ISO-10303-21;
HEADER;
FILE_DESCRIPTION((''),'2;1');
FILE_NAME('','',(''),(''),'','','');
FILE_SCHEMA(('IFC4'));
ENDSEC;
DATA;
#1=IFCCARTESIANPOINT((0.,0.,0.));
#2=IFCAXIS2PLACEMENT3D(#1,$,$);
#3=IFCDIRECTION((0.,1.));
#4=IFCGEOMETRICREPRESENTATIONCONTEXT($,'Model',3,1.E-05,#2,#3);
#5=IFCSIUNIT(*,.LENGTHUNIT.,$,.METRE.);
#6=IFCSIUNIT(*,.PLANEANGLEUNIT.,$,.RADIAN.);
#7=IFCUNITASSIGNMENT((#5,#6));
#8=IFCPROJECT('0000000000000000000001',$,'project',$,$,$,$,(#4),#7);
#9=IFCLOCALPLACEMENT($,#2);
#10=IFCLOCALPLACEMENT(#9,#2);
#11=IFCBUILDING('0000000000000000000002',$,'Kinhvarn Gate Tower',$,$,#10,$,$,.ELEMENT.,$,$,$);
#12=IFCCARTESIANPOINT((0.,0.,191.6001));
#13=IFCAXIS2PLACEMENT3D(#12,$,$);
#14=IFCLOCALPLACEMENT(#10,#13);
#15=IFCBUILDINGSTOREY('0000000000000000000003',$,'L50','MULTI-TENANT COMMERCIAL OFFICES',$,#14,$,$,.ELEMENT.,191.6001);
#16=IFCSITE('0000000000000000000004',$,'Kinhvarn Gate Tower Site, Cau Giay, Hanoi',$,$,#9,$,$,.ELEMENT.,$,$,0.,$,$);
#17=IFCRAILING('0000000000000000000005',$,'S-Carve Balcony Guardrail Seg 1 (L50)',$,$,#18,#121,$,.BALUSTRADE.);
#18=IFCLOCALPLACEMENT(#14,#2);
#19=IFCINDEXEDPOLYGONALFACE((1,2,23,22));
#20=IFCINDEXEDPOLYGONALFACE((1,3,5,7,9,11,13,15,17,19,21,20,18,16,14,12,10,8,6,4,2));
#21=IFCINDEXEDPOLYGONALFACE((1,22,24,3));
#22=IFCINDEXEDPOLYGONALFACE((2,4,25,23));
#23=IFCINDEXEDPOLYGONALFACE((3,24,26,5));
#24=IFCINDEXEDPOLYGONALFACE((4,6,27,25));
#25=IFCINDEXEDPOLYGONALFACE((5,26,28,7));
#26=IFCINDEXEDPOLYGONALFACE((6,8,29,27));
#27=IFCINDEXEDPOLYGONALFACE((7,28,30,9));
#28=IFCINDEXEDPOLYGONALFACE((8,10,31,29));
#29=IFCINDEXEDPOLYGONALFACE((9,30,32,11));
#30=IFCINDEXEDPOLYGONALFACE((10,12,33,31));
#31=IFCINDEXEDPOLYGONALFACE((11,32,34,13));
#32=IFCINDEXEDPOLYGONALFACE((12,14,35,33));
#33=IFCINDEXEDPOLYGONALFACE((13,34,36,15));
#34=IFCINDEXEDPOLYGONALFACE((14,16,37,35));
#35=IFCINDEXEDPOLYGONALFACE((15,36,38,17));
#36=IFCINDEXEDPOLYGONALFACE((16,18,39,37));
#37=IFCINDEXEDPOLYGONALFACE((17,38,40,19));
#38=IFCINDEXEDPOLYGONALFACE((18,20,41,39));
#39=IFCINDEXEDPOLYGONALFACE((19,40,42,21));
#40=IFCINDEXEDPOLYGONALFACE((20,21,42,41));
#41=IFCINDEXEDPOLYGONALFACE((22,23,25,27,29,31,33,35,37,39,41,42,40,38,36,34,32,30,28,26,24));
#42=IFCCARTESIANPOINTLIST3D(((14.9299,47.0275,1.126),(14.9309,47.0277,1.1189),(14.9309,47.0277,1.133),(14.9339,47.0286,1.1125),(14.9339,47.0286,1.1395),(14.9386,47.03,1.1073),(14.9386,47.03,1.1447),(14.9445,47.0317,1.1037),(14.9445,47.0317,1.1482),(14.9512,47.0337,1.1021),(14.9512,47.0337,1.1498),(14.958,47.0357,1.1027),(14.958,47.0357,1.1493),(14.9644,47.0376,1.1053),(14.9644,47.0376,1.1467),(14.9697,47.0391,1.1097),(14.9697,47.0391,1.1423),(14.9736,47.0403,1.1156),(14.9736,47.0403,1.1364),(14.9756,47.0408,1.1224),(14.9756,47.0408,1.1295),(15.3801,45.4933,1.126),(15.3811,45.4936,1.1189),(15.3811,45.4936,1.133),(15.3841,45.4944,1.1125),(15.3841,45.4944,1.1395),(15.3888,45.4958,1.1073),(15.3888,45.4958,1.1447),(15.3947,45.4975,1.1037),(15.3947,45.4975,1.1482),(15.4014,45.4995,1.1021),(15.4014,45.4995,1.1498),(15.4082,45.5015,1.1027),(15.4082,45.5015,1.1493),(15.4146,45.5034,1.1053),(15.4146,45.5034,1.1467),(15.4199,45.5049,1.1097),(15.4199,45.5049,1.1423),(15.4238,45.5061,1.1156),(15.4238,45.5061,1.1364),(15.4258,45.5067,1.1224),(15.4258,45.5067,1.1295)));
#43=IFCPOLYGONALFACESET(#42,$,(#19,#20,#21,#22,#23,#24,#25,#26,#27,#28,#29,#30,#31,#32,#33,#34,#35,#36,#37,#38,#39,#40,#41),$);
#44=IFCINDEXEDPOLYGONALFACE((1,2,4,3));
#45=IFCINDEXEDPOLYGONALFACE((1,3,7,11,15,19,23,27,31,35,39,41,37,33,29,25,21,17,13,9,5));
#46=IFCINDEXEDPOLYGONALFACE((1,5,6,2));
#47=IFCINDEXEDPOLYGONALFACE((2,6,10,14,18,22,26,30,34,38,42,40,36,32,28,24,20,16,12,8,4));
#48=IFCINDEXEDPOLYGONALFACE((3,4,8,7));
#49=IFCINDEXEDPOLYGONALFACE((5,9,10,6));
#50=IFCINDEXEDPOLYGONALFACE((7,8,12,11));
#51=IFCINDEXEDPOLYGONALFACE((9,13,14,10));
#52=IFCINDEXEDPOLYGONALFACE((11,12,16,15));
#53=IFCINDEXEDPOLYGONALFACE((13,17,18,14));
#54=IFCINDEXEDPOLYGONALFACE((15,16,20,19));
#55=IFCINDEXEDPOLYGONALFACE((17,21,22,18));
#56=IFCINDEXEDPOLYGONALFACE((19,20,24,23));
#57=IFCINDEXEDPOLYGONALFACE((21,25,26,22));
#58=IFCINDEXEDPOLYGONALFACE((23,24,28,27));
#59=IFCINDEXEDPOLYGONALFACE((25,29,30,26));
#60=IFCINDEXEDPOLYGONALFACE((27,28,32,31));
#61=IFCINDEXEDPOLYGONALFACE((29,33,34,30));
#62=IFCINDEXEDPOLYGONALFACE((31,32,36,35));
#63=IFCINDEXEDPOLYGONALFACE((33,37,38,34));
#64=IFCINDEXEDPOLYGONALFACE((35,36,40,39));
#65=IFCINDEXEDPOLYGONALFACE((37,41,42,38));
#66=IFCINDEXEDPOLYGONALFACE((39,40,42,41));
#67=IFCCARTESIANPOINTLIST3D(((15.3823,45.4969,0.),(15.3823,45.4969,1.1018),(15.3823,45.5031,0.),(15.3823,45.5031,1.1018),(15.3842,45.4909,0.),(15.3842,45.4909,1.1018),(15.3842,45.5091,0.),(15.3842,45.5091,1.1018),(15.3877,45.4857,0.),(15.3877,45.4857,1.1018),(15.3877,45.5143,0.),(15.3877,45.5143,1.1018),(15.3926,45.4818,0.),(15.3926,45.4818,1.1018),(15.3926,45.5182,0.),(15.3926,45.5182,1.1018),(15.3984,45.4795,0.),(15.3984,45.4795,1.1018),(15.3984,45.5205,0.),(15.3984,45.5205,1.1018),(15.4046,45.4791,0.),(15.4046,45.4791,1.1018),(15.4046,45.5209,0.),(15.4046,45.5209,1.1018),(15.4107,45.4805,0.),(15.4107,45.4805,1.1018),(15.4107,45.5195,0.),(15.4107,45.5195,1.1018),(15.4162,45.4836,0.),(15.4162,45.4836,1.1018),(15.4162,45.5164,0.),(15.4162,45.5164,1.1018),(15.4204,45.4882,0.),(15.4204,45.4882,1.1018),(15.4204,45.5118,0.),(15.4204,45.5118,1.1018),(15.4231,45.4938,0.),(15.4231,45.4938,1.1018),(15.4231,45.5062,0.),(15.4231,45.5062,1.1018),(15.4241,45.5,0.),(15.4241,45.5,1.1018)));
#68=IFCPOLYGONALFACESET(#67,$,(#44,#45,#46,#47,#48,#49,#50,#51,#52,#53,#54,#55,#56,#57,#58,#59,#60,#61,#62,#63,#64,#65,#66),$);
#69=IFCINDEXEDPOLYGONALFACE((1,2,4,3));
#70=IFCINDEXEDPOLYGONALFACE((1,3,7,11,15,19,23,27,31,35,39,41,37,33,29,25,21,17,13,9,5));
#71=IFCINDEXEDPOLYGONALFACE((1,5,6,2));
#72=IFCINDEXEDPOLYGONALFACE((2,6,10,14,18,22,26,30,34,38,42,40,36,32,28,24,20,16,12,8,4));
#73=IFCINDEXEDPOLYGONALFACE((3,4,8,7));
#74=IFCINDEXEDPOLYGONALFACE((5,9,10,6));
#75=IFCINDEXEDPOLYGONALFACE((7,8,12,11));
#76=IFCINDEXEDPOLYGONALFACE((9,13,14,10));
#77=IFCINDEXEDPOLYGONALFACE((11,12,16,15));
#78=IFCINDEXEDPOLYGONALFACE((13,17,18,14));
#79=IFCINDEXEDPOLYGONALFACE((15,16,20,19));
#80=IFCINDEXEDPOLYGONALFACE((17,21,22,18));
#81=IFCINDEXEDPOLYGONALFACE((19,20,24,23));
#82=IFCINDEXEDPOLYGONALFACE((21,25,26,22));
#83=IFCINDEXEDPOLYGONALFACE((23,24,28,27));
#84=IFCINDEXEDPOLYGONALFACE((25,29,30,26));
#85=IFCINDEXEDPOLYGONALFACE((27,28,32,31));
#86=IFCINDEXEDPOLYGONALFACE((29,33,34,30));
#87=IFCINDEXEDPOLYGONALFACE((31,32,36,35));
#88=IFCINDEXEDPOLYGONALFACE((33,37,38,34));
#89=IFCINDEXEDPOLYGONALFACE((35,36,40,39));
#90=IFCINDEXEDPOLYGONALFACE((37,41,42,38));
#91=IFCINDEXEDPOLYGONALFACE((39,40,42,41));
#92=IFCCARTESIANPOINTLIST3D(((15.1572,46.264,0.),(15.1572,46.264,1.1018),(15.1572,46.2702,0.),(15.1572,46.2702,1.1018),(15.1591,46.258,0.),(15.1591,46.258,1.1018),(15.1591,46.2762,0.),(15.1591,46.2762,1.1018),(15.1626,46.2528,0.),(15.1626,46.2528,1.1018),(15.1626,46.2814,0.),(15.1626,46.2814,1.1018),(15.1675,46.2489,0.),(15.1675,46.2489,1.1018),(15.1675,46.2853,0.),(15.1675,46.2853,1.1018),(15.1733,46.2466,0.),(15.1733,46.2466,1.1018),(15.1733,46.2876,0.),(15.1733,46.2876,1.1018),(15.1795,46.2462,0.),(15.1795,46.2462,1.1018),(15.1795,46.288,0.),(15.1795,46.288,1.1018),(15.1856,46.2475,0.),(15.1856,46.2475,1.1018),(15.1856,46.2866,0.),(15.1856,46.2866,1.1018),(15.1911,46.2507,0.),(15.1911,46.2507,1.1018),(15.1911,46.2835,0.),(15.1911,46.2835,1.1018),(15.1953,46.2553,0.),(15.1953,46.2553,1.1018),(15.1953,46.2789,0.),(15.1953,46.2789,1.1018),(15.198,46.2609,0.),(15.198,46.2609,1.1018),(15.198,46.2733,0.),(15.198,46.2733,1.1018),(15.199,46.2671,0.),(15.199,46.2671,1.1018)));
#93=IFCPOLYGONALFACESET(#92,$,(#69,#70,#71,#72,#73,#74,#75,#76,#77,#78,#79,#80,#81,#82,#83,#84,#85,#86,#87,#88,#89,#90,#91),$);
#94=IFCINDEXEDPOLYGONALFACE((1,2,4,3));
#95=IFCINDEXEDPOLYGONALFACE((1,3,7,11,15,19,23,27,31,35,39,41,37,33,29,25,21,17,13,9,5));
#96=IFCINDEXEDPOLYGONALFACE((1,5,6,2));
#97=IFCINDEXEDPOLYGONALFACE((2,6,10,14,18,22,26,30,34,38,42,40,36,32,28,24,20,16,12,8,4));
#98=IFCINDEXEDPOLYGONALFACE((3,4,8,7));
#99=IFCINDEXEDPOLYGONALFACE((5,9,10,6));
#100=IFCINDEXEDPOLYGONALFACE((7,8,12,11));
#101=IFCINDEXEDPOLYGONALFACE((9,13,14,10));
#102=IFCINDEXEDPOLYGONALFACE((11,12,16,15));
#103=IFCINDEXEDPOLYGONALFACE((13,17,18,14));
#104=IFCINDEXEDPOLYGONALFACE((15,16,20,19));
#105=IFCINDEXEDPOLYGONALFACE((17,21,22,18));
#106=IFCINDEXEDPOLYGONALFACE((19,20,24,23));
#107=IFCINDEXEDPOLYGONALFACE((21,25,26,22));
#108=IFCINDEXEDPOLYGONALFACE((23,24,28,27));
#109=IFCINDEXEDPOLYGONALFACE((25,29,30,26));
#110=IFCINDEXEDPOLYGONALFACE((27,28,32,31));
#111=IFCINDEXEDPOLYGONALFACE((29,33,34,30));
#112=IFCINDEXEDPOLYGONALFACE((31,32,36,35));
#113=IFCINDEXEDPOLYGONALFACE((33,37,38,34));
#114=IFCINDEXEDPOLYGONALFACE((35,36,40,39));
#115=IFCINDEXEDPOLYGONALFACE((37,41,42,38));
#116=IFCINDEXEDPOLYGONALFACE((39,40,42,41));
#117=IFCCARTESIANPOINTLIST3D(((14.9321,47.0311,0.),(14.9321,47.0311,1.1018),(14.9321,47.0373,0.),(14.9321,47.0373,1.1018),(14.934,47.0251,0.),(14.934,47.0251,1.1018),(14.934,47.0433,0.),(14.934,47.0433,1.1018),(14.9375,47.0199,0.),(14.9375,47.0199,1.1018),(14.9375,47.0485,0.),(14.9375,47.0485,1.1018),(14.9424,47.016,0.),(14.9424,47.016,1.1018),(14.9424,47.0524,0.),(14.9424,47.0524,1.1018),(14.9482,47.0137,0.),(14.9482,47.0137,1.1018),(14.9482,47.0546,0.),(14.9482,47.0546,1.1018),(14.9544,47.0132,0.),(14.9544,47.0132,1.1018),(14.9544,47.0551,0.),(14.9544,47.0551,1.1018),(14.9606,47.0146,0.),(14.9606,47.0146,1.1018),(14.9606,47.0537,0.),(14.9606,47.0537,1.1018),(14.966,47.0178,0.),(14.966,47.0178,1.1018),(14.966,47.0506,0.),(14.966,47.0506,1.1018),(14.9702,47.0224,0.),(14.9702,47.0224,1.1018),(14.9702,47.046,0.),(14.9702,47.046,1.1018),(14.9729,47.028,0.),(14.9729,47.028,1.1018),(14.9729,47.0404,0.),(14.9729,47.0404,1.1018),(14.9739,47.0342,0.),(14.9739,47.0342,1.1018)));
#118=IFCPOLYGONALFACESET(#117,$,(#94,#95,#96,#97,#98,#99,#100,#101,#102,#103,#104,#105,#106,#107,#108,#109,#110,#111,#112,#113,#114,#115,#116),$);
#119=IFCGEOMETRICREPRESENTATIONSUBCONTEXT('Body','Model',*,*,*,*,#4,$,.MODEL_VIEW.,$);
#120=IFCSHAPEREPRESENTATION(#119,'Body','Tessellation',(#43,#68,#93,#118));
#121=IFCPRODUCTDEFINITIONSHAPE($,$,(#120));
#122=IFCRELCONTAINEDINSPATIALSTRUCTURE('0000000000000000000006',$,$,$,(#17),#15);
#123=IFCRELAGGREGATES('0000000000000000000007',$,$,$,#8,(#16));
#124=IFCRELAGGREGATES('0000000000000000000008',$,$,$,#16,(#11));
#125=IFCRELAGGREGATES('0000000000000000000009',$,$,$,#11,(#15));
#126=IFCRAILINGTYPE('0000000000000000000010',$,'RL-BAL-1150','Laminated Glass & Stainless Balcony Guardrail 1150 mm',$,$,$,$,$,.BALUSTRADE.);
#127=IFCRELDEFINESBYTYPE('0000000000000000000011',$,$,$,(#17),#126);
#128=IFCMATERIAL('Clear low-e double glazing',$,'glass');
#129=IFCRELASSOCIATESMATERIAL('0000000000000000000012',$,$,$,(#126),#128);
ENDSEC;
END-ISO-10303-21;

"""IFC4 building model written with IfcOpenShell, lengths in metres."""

from ifc_helpers import new_model, si_unit, direction, frame, origin, origin_2d, place, context, subcontext, project, spatial, circle, extrude, material, type_object, element, save


model = new_model("IFC4")

# Units and contexts
model_context = context("Model", 3, precision=1e-05, world=origin(), true_north=direction((0.0, 1.0)))
body_context = subcontext(model_context, "Body", "Model", "MODEL_VIEW")
ifc_project = project(units=[si_unit("LENGTHUNIT", "METRE"), si_unit("PLANEANGLEUNIT", "RADIAN")], contexts=[model_context])

# Site, building, storey
site_placement = place(None, origin())
site = spatial("IfcSite", under=ifc_project, at=site_placement, Name="Kinhvarn Gate Tower Site, Cau Giay, Hanoi", CompositionType="ELEMENT", RefElevation=0.0)
building_placement = place(site_placement, origin())
building = spatial("IfcBuilding", under=site, at=building_placement, Name="Kinhvarn Gate Tower", CompositionType="ELEMENT")
storey_placement = place(building_placement, frame((0.0, 0.0, 191.6001)))
storey = spatial("IfcBuildingStorey", under=building, at=storey_placement, Name="L50", Description="MULTI-TENANT COMMERCIAL OFFICES", CompositionType="ELEMENT", Elevation=191.6001)

# Shared definitions
ifc_material_1 = material(Name="Clear low-e double glazing", Category="glass")

# Railing
railing_type_1 = type_object("IfcRailingType", Name="RL-BAL-1150", Description="Laminated Glass & Stainless Balcony Guardrail 1150 mm", PredefinedType="BALUSTRADE", material=ifc_material_1)
railing_1_placement = place(storey_placement, frame((15.4031, 45.5, 0.0)))
element("IfcRailing", 1, at=railing_1_placement, inside=storey, type_object=railing_type_1, Name="S-Carve Balcony Guardrail Seg 1 (L50)", PredefinedType="BALUSTRADE", context=body_context, shape_type="SweptSolid", body=[
    extrude(circle(Radius=0.0239, at=origin_2d()), frame((0.0, 0.0, 1.126), z_axis=(-0.281571, 0.95954, 0.0), x_axis=(-0.95954, -0.281571, 0.0)), (0.0, 0.0, 1.0), 1.5989),
    extrude(circle(Radius=0.021, at=origin_2d()), origin(), (0.0, 0.0, 1.0), 1.1018),
    extrude(circle(Radius=0.021, at=origin_2d()), frame((-0.2251, 0.7671, 0.0)), (0.0, 0.0, 1.0), 1.1018),
    extrude(circle(Radius=0.021, at=origin_2d()), frame((-0.4502, 1.5342, 0.0)), (0.0, 0.0, 1.0), 1.1018),
])

save(model, "model.ifc")
